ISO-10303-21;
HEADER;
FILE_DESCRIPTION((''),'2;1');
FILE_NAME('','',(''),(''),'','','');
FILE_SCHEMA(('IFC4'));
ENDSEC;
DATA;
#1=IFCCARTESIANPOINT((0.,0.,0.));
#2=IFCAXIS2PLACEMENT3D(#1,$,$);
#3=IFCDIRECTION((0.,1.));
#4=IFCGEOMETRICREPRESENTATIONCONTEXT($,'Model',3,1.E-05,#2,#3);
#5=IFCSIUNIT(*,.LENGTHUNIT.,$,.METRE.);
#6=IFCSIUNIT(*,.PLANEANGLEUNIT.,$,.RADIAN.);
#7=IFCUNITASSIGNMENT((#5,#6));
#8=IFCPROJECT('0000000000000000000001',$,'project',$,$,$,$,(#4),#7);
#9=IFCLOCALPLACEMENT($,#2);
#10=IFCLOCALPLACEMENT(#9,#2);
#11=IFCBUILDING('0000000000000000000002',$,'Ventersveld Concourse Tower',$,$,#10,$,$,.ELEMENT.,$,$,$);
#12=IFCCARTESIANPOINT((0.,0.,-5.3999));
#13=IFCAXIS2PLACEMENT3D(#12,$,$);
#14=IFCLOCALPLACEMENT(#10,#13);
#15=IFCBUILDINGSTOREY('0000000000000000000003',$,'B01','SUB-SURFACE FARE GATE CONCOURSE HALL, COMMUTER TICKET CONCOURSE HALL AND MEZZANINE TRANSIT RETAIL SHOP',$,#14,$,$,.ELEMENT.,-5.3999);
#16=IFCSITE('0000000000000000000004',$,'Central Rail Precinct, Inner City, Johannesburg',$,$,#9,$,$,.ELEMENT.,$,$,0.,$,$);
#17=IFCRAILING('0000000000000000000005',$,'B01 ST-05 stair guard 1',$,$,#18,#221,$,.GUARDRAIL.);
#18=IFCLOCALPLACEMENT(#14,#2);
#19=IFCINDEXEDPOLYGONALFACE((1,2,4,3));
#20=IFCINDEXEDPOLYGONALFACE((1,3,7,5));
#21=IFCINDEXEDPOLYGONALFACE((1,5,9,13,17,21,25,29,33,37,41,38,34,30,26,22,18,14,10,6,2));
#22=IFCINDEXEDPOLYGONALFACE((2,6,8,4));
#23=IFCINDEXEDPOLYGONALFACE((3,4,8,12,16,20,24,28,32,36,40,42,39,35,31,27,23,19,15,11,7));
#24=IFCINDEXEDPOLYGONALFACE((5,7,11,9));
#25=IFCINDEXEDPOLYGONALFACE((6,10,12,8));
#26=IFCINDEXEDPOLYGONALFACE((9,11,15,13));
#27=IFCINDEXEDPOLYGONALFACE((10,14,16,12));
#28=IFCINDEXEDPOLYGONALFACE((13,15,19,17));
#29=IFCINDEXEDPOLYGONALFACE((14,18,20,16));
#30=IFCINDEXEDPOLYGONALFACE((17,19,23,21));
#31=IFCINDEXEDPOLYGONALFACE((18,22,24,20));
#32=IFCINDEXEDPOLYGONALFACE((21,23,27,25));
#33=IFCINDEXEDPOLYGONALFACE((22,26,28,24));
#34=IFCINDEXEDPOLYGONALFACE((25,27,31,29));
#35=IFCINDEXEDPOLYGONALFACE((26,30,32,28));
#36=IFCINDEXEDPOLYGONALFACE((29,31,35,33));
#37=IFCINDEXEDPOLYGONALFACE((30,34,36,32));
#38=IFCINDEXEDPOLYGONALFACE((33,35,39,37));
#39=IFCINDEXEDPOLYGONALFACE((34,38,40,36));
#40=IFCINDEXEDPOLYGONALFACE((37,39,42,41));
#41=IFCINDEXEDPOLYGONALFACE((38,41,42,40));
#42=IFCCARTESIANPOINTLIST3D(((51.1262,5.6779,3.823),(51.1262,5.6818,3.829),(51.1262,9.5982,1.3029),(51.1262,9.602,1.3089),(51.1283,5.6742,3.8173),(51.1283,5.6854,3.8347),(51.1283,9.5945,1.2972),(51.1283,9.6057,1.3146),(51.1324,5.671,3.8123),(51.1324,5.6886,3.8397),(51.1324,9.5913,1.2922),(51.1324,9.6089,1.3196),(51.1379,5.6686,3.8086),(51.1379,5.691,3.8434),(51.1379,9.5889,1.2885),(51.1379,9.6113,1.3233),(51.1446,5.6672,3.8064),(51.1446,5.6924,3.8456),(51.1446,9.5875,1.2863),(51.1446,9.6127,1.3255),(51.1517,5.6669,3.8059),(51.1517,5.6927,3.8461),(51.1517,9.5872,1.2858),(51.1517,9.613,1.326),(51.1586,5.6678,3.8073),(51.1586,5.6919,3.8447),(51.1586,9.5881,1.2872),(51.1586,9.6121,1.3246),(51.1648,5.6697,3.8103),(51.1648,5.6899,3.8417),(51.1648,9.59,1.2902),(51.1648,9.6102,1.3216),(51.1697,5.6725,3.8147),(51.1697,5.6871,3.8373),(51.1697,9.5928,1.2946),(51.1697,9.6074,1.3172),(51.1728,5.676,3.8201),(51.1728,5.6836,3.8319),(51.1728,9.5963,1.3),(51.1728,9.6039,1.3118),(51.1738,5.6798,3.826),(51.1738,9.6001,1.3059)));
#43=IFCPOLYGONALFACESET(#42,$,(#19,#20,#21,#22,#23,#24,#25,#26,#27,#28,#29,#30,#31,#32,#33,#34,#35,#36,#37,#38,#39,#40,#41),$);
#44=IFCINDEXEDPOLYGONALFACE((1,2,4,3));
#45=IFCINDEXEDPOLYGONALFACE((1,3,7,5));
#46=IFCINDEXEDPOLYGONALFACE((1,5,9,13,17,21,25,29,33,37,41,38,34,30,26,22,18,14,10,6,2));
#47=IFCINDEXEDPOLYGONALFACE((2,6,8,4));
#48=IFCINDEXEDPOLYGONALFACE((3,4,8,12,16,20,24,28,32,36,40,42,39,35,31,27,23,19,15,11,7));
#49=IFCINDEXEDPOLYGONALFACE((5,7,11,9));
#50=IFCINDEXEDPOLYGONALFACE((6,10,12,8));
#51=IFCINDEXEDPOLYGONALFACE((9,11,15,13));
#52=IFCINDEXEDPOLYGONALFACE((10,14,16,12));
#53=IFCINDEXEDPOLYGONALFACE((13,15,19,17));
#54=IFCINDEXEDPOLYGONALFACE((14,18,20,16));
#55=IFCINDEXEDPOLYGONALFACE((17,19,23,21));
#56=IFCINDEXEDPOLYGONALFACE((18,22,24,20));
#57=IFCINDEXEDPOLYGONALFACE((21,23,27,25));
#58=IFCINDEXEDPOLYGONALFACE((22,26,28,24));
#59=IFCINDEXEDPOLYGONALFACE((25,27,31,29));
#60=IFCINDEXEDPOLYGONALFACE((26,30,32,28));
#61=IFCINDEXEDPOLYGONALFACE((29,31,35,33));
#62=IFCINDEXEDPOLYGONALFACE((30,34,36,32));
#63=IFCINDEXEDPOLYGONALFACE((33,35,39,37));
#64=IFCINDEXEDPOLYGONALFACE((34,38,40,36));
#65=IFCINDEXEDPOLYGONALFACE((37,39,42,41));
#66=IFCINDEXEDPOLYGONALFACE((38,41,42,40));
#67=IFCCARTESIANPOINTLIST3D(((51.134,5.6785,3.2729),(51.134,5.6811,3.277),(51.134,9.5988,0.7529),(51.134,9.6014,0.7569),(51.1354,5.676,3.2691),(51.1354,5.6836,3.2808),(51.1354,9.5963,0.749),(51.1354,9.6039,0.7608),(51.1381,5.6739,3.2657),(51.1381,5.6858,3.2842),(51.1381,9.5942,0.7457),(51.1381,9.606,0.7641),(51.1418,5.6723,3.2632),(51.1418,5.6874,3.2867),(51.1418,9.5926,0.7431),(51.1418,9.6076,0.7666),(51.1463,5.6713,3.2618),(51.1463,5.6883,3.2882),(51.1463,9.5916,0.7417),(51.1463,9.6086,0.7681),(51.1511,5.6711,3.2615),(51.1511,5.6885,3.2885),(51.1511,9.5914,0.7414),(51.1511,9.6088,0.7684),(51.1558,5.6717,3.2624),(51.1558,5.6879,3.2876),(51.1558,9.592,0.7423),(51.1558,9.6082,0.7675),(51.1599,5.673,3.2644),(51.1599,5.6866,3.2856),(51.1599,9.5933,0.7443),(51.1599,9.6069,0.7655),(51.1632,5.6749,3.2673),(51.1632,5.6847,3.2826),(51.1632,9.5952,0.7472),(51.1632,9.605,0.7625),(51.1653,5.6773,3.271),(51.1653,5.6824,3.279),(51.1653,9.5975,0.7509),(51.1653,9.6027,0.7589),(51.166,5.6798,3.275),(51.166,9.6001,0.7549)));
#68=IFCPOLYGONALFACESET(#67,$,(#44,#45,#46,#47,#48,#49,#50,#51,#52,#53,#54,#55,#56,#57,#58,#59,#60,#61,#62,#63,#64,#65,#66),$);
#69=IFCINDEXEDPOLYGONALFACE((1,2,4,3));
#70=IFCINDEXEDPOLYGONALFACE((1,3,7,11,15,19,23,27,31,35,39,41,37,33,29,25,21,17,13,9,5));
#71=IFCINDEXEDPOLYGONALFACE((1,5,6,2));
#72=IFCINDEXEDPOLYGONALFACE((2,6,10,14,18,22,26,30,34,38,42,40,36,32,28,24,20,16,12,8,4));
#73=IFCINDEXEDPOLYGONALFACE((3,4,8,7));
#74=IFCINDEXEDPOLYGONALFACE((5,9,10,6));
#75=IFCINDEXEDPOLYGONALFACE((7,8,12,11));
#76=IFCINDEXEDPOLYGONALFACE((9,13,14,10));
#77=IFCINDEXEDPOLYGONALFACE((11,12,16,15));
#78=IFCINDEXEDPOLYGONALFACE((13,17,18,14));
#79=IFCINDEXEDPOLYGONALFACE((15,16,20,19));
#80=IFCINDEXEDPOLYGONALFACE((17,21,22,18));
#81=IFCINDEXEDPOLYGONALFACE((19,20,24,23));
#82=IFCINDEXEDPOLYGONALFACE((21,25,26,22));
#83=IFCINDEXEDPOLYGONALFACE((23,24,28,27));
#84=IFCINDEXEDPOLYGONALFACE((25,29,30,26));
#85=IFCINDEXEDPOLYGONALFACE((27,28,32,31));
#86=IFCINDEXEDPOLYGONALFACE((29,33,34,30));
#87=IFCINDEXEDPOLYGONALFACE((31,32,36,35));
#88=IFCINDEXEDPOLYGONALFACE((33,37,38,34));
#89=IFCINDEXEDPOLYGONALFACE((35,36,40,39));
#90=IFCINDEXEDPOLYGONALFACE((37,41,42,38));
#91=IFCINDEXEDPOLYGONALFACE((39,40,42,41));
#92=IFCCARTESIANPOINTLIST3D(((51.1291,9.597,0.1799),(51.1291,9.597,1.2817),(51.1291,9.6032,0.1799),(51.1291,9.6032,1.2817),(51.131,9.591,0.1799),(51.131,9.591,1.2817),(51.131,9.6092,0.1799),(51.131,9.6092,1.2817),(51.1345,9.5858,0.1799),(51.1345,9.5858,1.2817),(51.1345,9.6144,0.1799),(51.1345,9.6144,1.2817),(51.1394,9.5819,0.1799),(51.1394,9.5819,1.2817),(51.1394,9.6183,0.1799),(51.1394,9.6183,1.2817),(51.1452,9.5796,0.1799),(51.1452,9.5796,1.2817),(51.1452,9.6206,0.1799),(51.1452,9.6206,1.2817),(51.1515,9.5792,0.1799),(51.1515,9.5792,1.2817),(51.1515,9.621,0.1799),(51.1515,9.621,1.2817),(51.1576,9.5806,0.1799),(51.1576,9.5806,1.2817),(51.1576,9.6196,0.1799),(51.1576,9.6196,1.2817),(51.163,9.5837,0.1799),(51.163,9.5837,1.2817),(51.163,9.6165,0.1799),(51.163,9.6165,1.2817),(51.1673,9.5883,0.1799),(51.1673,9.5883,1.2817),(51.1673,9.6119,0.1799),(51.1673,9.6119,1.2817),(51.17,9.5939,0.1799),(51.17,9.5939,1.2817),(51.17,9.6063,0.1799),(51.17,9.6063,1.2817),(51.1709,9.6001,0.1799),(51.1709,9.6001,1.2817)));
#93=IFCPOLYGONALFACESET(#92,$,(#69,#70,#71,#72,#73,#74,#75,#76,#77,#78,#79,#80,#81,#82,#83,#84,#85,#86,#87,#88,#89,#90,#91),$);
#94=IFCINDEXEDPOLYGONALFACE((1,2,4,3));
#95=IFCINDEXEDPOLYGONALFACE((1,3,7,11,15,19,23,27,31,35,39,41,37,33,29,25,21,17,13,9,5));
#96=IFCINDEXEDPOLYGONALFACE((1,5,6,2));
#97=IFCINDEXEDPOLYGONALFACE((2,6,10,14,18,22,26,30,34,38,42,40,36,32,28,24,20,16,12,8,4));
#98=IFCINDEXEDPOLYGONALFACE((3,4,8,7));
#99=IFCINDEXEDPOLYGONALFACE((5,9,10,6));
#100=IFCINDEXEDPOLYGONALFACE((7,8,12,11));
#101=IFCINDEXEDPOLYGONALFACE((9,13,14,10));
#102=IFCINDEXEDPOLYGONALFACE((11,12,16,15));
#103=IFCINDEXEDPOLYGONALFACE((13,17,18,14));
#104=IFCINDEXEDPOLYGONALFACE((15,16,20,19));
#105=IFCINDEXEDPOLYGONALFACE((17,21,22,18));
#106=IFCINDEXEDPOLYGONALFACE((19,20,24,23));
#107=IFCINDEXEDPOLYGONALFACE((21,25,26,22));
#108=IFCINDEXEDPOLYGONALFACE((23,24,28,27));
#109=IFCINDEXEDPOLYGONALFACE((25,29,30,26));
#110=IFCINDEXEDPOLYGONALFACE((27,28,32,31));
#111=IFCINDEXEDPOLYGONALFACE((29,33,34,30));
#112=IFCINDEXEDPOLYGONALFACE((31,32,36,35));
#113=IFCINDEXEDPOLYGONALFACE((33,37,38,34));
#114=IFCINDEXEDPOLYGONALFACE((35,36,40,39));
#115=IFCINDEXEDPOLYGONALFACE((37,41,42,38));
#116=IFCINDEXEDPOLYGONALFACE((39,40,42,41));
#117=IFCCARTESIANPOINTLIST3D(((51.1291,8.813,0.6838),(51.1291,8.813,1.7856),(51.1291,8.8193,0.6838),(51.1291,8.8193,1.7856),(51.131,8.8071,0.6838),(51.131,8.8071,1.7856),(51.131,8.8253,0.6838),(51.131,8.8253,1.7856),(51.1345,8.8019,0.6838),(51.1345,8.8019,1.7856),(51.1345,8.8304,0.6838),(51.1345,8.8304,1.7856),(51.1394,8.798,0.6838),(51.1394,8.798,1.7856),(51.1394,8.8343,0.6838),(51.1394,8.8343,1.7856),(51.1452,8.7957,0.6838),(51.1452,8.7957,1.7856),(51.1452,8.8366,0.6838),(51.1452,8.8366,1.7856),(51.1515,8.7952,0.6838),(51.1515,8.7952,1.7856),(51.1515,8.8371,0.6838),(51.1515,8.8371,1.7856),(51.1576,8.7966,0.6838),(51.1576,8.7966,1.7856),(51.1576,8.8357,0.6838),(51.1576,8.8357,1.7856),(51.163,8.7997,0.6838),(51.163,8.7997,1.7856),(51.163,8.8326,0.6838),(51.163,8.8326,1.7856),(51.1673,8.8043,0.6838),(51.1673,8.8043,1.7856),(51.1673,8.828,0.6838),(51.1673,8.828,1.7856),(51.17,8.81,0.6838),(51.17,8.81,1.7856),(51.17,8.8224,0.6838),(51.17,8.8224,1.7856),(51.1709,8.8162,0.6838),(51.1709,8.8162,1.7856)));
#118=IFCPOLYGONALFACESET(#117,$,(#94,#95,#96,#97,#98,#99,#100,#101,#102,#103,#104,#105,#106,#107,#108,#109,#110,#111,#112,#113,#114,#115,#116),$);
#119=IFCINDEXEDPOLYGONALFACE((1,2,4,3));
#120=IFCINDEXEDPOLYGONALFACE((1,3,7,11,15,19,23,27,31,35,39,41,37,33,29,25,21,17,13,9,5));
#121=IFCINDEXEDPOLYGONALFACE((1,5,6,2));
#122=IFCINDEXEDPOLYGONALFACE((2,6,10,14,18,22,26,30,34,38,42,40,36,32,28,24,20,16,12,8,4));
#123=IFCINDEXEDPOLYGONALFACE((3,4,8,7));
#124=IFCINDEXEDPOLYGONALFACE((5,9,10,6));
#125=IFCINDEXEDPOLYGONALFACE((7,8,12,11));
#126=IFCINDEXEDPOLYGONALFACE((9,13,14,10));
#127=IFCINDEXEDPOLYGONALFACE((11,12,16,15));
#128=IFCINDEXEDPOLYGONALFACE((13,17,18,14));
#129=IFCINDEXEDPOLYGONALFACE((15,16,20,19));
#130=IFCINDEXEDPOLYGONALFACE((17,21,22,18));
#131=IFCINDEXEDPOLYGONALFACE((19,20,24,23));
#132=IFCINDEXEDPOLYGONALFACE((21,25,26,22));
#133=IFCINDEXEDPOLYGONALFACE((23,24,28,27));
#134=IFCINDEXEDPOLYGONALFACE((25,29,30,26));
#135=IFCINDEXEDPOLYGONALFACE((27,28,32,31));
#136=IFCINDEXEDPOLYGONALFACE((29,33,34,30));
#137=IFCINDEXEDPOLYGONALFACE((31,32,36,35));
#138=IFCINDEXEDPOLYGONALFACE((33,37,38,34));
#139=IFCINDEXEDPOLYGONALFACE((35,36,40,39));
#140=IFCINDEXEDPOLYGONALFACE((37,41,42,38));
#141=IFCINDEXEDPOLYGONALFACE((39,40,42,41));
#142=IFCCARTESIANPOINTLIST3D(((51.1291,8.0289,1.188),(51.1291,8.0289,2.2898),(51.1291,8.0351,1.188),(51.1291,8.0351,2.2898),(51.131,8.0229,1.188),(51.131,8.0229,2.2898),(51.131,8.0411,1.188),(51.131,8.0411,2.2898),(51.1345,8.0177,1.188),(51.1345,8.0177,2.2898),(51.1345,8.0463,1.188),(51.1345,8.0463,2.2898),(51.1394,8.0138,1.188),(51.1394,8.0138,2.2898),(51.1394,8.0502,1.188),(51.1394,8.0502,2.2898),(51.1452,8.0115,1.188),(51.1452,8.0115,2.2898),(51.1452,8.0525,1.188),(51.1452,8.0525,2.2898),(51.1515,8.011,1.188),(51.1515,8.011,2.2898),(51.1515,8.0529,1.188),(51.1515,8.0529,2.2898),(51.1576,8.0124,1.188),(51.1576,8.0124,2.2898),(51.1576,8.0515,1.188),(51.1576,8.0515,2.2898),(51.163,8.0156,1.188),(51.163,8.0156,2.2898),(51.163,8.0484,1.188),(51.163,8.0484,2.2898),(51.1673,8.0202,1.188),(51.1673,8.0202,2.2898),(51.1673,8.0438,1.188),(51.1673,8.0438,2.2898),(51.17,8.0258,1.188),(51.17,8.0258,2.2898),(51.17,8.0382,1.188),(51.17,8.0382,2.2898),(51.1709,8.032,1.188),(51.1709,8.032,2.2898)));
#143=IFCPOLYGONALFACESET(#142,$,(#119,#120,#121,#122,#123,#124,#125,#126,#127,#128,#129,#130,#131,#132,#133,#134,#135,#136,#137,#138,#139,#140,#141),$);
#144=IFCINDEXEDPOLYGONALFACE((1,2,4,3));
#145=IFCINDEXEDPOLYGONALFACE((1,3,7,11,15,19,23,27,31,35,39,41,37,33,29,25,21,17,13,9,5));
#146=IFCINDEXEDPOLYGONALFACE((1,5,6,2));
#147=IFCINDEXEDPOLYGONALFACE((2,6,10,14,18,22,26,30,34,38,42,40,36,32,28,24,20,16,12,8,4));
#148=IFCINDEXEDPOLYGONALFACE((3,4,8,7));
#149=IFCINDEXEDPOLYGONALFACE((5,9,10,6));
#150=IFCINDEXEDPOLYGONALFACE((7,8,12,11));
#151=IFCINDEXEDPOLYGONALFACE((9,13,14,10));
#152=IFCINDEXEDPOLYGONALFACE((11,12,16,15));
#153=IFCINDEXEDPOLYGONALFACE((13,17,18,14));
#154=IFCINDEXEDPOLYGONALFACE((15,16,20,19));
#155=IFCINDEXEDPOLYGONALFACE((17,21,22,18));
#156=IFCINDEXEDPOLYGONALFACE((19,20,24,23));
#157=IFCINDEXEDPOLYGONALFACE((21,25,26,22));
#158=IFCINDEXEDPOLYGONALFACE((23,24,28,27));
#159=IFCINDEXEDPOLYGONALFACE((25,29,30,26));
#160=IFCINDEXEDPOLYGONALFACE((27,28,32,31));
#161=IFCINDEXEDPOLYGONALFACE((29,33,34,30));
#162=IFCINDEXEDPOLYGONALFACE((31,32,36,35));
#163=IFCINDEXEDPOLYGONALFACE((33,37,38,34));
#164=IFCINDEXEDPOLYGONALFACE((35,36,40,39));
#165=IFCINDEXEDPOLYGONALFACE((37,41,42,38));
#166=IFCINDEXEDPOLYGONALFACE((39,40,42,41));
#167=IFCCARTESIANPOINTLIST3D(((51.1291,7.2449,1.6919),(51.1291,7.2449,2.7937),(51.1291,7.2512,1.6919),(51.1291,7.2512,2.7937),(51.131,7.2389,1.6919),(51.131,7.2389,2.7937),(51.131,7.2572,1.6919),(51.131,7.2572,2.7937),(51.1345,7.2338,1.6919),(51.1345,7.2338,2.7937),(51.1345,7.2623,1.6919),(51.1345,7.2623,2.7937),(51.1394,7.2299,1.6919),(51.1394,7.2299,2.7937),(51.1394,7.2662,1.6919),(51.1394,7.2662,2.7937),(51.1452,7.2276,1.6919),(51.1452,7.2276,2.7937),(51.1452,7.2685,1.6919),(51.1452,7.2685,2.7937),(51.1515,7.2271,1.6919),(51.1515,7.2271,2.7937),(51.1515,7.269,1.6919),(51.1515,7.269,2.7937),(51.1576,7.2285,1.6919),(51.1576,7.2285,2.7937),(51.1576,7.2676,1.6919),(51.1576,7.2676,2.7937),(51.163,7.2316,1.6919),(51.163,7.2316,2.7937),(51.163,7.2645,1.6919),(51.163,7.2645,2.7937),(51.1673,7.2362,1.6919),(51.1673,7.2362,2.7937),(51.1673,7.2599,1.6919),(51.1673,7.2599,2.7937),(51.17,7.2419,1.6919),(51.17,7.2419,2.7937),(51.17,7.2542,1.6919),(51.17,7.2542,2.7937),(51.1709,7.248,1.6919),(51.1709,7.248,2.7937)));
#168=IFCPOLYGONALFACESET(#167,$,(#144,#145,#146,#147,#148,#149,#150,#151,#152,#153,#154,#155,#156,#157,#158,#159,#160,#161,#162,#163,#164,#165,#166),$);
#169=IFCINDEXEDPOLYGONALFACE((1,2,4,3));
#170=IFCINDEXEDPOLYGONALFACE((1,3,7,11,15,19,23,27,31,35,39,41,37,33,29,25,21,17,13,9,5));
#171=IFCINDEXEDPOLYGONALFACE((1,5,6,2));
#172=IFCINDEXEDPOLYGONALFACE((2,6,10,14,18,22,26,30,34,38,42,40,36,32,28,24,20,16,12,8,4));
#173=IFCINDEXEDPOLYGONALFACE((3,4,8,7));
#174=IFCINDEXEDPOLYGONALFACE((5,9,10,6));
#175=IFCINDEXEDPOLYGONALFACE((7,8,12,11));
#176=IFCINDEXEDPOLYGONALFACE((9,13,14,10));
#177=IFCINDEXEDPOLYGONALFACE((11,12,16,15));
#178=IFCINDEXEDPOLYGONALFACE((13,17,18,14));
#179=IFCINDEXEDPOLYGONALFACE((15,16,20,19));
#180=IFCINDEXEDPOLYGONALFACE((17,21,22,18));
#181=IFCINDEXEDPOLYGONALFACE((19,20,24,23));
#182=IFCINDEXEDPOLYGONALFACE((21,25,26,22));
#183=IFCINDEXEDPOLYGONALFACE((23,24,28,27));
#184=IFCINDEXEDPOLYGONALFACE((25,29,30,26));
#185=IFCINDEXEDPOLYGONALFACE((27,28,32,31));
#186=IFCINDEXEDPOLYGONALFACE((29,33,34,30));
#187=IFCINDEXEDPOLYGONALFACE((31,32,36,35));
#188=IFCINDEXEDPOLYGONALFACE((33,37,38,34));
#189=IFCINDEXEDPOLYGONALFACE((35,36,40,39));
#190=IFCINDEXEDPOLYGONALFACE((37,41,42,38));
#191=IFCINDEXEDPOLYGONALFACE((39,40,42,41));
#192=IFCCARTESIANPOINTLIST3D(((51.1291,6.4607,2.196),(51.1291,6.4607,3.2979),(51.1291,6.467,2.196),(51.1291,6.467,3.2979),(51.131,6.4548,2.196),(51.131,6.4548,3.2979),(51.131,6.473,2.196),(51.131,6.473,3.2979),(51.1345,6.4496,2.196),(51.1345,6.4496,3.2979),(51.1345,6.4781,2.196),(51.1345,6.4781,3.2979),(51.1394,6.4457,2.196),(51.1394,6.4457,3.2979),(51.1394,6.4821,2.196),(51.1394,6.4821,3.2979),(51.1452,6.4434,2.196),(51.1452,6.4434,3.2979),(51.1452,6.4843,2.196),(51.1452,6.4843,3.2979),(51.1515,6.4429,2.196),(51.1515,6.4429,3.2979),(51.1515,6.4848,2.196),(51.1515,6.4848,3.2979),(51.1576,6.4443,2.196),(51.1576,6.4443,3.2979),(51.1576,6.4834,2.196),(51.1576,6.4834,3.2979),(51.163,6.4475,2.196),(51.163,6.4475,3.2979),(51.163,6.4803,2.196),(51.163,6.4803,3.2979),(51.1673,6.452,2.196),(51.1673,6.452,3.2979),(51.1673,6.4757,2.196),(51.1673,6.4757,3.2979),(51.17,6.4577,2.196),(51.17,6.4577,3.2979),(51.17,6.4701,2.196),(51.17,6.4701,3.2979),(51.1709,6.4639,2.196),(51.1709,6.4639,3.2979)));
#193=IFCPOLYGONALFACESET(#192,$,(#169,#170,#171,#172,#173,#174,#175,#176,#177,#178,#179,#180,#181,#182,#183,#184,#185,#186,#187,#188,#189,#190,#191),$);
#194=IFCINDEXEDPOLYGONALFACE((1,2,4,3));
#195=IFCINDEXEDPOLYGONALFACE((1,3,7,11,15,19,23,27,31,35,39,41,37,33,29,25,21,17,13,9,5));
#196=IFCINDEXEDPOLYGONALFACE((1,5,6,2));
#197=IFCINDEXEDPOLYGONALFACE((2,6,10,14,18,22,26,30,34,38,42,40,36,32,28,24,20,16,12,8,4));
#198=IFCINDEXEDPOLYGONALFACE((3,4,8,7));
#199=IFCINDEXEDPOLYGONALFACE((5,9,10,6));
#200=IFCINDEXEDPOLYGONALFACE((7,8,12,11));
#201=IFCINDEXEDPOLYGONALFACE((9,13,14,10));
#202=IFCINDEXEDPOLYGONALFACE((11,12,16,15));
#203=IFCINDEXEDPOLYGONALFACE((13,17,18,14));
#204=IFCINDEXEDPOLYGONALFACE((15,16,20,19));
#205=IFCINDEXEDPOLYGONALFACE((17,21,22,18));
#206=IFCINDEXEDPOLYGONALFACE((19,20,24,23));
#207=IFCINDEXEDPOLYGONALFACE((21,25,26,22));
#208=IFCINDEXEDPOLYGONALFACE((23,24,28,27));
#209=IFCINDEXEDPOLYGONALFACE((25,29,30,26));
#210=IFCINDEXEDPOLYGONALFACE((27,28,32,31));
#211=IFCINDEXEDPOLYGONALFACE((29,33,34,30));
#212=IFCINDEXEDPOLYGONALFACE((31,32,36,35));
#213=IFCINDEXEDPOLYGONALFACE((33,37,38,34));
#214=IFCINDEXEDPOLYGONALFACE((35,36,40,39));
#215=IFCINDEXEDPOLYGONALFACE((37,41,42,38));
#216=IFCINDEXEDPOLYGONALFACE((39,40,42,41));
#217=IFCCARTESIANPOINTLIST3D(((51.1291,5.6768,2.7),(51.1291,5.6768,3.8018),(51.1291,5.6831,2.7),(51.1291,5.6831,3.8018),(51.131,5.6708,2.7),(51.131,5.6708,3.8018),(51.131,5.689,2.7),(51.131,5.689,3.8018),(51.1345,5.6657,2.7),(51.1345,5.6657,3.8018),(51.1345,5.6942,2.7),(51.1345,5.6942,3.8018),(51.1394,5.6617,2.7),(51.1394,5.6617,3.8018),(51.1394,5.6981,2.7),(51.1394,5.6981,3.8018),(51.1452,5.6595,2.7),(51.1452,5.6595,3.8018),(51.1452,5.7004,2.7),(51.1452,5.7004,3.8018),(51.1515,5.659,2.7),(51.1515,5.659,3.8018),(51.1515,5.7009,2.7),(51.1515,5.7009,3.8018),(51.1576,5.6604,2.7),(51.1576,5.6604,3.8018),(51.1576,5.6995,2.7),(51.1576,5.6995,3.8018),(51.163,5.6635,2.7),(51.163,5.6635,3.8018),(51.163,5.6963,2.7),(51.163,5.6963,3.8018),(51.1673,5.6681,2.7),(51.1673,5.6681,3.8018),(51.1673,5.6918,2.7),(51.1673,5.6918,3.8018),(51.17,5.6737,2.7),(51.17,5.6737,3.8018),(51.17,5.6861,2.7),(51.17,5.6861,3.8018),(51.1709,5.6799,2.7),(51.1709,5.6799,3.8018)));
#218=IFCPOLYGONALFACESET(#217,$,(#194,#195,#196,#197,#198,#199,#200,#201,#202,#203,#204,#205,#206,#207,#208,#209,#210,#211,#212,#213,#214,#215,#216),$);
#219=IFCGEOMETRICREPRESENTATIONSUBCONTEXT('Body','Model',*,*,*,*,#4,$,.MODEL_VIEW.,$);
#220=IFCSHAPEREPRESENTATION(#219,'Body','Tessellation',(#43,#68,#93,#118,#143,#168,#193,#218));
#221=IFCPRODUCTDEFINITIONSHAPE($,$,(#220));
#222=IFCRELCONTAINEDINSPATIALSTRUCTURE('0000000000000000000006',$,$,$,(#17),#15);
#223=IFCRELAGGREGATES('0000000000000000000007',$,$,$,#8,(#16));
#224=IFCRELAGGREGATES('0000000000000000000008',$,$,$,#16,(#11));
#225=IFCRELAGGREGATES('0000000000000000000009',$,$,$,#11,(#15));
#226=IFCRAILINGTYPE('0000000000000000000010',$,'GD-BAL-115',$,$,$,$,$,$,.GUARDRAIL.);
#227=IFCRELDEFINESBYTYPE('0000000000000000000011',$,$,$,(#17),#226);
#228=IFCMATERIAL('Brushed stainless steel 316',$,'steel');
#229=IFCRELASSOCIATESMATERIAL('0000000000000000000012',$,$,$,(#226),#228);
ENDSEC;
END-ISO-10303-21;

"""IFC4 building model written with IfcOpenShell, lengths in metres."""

from ifc_helpers import new_model, si_unit, direction, frame, origin, origin_2d, place, context, subcontext, project, spatial, circle, extrude, material, type_object, element, save


model = new_model("IFC4")

# Units and contexts
model_context = context("Model", 3, precision=1e-05, world=origin(), true_north=direction((0.0, 1.0)))
body_context = subcontext(model_context, "Body", "Model", "MODEL_VIEW")
ifc_project = project(units=[si_unit("LENGTHUNIT", "METRE"), si_unit("PLANEANGLEUNIT", "RADIAN")], contexts=[model_context])

# Site, building, storey
site_placement = place(None, origin())
site = spatial("IfcSite", under=ifc_project, at=site_placement, Name="Central Rail Precinct, Inner City, Johannesburg", CompositionType="ELEMENT", RefElevation=0.0)
building_placement = place(site_placement, origin())
building = spatial("IfcBuilding", under=site, at=building_placement, Name="Ventersveld Concourse Tower", CompositionType="ELEMENT")
storey_placement = place(building_placement, frame((0.0, 0.0, -5.3999)))
storey = spatial("IfcBuildingStorey", under=building, at=storey_placement, Name="B01", Description="SUB-SURFACE FARE GATE CONCOURSE HALL, COMMUTER TICKET CONCOURSE HALL AND MEZZANINE TRANSIT RETAIL SHOP", CompositionType="ELEMENT", Elevation=-5.3999)

# Railing
ifc_material_1 = material(Name="Brushed stainless steel 316", Category="steel")
railing_type_1 = type_object("IfcRailingType", Name="GD-BAL-115", PredefinedType="GUARDRAIL", material=ifc_material_1)
railing_1_placement = place(storey_placement, frame((51.1499, 9.6001, 0.1799)))
element("IfcRailing", 1, at=railing_1_placement, inside=storey, type_object=railing_type_1, Name="B01 ST-05 stair guard 1", PredefinedType="GUARDRAIL", context=body_context, shape_type="SweptSolid", body=[
    extrude(circle(Radius=0.0239, at=origin_2d()), frame((0.0, 0.0, 1.126), z_axis=(0.0, -0.841187, 0.540744), x_axis=(1.0, 0.0, 0.0)), (0.0, 0.0, 1.0), 4.6604),
    extrude(circle(Radius=0.0161, at=origin_2d()), frame((0.0, 0.0, 0.575), z_axis=(0.0, -0.841187, 0.540744), x_axis=(1.0, 0.0, 0.0)), (0.0, 0.0, 1.0), 4.6604),
    extrude(circle(Radius=0.021, at=origin_2d()), origin(), (0.0, 0.0, 1.0), 1.1018),
    extrude(circle(Radius=0.021, at=origin_2d()), frame((0.0, -0.7839, 0.5039)), (0.0, 0.0, 1.0), 1.1018),
    extrude(circle(Radius=0.021, at=origin_2d()), frame((0.0, -1.5681, 1.0081)), (0.0, 0.0, 1.0), 1.1018),
    extrude(circle(Radius=0.021, at=origin_2d()), frame((0.0, -2.3521, 1.512)), (0.0, 0.0, 1.0), 1.1018),
    extrude(circle(Radius=0.021, at=origin_2d()), frame((0.0, -3.1362, 2.0161)), (0.0, 0.0, 1.0), 1.1018),
    extrude(circle(Radius=0.021, at=origin_2d()), frame((0.0, -3.9202, 2.52)), (0.0, 0.0, 1.0), 1.1018),
])

save(model, "model.ifc")
